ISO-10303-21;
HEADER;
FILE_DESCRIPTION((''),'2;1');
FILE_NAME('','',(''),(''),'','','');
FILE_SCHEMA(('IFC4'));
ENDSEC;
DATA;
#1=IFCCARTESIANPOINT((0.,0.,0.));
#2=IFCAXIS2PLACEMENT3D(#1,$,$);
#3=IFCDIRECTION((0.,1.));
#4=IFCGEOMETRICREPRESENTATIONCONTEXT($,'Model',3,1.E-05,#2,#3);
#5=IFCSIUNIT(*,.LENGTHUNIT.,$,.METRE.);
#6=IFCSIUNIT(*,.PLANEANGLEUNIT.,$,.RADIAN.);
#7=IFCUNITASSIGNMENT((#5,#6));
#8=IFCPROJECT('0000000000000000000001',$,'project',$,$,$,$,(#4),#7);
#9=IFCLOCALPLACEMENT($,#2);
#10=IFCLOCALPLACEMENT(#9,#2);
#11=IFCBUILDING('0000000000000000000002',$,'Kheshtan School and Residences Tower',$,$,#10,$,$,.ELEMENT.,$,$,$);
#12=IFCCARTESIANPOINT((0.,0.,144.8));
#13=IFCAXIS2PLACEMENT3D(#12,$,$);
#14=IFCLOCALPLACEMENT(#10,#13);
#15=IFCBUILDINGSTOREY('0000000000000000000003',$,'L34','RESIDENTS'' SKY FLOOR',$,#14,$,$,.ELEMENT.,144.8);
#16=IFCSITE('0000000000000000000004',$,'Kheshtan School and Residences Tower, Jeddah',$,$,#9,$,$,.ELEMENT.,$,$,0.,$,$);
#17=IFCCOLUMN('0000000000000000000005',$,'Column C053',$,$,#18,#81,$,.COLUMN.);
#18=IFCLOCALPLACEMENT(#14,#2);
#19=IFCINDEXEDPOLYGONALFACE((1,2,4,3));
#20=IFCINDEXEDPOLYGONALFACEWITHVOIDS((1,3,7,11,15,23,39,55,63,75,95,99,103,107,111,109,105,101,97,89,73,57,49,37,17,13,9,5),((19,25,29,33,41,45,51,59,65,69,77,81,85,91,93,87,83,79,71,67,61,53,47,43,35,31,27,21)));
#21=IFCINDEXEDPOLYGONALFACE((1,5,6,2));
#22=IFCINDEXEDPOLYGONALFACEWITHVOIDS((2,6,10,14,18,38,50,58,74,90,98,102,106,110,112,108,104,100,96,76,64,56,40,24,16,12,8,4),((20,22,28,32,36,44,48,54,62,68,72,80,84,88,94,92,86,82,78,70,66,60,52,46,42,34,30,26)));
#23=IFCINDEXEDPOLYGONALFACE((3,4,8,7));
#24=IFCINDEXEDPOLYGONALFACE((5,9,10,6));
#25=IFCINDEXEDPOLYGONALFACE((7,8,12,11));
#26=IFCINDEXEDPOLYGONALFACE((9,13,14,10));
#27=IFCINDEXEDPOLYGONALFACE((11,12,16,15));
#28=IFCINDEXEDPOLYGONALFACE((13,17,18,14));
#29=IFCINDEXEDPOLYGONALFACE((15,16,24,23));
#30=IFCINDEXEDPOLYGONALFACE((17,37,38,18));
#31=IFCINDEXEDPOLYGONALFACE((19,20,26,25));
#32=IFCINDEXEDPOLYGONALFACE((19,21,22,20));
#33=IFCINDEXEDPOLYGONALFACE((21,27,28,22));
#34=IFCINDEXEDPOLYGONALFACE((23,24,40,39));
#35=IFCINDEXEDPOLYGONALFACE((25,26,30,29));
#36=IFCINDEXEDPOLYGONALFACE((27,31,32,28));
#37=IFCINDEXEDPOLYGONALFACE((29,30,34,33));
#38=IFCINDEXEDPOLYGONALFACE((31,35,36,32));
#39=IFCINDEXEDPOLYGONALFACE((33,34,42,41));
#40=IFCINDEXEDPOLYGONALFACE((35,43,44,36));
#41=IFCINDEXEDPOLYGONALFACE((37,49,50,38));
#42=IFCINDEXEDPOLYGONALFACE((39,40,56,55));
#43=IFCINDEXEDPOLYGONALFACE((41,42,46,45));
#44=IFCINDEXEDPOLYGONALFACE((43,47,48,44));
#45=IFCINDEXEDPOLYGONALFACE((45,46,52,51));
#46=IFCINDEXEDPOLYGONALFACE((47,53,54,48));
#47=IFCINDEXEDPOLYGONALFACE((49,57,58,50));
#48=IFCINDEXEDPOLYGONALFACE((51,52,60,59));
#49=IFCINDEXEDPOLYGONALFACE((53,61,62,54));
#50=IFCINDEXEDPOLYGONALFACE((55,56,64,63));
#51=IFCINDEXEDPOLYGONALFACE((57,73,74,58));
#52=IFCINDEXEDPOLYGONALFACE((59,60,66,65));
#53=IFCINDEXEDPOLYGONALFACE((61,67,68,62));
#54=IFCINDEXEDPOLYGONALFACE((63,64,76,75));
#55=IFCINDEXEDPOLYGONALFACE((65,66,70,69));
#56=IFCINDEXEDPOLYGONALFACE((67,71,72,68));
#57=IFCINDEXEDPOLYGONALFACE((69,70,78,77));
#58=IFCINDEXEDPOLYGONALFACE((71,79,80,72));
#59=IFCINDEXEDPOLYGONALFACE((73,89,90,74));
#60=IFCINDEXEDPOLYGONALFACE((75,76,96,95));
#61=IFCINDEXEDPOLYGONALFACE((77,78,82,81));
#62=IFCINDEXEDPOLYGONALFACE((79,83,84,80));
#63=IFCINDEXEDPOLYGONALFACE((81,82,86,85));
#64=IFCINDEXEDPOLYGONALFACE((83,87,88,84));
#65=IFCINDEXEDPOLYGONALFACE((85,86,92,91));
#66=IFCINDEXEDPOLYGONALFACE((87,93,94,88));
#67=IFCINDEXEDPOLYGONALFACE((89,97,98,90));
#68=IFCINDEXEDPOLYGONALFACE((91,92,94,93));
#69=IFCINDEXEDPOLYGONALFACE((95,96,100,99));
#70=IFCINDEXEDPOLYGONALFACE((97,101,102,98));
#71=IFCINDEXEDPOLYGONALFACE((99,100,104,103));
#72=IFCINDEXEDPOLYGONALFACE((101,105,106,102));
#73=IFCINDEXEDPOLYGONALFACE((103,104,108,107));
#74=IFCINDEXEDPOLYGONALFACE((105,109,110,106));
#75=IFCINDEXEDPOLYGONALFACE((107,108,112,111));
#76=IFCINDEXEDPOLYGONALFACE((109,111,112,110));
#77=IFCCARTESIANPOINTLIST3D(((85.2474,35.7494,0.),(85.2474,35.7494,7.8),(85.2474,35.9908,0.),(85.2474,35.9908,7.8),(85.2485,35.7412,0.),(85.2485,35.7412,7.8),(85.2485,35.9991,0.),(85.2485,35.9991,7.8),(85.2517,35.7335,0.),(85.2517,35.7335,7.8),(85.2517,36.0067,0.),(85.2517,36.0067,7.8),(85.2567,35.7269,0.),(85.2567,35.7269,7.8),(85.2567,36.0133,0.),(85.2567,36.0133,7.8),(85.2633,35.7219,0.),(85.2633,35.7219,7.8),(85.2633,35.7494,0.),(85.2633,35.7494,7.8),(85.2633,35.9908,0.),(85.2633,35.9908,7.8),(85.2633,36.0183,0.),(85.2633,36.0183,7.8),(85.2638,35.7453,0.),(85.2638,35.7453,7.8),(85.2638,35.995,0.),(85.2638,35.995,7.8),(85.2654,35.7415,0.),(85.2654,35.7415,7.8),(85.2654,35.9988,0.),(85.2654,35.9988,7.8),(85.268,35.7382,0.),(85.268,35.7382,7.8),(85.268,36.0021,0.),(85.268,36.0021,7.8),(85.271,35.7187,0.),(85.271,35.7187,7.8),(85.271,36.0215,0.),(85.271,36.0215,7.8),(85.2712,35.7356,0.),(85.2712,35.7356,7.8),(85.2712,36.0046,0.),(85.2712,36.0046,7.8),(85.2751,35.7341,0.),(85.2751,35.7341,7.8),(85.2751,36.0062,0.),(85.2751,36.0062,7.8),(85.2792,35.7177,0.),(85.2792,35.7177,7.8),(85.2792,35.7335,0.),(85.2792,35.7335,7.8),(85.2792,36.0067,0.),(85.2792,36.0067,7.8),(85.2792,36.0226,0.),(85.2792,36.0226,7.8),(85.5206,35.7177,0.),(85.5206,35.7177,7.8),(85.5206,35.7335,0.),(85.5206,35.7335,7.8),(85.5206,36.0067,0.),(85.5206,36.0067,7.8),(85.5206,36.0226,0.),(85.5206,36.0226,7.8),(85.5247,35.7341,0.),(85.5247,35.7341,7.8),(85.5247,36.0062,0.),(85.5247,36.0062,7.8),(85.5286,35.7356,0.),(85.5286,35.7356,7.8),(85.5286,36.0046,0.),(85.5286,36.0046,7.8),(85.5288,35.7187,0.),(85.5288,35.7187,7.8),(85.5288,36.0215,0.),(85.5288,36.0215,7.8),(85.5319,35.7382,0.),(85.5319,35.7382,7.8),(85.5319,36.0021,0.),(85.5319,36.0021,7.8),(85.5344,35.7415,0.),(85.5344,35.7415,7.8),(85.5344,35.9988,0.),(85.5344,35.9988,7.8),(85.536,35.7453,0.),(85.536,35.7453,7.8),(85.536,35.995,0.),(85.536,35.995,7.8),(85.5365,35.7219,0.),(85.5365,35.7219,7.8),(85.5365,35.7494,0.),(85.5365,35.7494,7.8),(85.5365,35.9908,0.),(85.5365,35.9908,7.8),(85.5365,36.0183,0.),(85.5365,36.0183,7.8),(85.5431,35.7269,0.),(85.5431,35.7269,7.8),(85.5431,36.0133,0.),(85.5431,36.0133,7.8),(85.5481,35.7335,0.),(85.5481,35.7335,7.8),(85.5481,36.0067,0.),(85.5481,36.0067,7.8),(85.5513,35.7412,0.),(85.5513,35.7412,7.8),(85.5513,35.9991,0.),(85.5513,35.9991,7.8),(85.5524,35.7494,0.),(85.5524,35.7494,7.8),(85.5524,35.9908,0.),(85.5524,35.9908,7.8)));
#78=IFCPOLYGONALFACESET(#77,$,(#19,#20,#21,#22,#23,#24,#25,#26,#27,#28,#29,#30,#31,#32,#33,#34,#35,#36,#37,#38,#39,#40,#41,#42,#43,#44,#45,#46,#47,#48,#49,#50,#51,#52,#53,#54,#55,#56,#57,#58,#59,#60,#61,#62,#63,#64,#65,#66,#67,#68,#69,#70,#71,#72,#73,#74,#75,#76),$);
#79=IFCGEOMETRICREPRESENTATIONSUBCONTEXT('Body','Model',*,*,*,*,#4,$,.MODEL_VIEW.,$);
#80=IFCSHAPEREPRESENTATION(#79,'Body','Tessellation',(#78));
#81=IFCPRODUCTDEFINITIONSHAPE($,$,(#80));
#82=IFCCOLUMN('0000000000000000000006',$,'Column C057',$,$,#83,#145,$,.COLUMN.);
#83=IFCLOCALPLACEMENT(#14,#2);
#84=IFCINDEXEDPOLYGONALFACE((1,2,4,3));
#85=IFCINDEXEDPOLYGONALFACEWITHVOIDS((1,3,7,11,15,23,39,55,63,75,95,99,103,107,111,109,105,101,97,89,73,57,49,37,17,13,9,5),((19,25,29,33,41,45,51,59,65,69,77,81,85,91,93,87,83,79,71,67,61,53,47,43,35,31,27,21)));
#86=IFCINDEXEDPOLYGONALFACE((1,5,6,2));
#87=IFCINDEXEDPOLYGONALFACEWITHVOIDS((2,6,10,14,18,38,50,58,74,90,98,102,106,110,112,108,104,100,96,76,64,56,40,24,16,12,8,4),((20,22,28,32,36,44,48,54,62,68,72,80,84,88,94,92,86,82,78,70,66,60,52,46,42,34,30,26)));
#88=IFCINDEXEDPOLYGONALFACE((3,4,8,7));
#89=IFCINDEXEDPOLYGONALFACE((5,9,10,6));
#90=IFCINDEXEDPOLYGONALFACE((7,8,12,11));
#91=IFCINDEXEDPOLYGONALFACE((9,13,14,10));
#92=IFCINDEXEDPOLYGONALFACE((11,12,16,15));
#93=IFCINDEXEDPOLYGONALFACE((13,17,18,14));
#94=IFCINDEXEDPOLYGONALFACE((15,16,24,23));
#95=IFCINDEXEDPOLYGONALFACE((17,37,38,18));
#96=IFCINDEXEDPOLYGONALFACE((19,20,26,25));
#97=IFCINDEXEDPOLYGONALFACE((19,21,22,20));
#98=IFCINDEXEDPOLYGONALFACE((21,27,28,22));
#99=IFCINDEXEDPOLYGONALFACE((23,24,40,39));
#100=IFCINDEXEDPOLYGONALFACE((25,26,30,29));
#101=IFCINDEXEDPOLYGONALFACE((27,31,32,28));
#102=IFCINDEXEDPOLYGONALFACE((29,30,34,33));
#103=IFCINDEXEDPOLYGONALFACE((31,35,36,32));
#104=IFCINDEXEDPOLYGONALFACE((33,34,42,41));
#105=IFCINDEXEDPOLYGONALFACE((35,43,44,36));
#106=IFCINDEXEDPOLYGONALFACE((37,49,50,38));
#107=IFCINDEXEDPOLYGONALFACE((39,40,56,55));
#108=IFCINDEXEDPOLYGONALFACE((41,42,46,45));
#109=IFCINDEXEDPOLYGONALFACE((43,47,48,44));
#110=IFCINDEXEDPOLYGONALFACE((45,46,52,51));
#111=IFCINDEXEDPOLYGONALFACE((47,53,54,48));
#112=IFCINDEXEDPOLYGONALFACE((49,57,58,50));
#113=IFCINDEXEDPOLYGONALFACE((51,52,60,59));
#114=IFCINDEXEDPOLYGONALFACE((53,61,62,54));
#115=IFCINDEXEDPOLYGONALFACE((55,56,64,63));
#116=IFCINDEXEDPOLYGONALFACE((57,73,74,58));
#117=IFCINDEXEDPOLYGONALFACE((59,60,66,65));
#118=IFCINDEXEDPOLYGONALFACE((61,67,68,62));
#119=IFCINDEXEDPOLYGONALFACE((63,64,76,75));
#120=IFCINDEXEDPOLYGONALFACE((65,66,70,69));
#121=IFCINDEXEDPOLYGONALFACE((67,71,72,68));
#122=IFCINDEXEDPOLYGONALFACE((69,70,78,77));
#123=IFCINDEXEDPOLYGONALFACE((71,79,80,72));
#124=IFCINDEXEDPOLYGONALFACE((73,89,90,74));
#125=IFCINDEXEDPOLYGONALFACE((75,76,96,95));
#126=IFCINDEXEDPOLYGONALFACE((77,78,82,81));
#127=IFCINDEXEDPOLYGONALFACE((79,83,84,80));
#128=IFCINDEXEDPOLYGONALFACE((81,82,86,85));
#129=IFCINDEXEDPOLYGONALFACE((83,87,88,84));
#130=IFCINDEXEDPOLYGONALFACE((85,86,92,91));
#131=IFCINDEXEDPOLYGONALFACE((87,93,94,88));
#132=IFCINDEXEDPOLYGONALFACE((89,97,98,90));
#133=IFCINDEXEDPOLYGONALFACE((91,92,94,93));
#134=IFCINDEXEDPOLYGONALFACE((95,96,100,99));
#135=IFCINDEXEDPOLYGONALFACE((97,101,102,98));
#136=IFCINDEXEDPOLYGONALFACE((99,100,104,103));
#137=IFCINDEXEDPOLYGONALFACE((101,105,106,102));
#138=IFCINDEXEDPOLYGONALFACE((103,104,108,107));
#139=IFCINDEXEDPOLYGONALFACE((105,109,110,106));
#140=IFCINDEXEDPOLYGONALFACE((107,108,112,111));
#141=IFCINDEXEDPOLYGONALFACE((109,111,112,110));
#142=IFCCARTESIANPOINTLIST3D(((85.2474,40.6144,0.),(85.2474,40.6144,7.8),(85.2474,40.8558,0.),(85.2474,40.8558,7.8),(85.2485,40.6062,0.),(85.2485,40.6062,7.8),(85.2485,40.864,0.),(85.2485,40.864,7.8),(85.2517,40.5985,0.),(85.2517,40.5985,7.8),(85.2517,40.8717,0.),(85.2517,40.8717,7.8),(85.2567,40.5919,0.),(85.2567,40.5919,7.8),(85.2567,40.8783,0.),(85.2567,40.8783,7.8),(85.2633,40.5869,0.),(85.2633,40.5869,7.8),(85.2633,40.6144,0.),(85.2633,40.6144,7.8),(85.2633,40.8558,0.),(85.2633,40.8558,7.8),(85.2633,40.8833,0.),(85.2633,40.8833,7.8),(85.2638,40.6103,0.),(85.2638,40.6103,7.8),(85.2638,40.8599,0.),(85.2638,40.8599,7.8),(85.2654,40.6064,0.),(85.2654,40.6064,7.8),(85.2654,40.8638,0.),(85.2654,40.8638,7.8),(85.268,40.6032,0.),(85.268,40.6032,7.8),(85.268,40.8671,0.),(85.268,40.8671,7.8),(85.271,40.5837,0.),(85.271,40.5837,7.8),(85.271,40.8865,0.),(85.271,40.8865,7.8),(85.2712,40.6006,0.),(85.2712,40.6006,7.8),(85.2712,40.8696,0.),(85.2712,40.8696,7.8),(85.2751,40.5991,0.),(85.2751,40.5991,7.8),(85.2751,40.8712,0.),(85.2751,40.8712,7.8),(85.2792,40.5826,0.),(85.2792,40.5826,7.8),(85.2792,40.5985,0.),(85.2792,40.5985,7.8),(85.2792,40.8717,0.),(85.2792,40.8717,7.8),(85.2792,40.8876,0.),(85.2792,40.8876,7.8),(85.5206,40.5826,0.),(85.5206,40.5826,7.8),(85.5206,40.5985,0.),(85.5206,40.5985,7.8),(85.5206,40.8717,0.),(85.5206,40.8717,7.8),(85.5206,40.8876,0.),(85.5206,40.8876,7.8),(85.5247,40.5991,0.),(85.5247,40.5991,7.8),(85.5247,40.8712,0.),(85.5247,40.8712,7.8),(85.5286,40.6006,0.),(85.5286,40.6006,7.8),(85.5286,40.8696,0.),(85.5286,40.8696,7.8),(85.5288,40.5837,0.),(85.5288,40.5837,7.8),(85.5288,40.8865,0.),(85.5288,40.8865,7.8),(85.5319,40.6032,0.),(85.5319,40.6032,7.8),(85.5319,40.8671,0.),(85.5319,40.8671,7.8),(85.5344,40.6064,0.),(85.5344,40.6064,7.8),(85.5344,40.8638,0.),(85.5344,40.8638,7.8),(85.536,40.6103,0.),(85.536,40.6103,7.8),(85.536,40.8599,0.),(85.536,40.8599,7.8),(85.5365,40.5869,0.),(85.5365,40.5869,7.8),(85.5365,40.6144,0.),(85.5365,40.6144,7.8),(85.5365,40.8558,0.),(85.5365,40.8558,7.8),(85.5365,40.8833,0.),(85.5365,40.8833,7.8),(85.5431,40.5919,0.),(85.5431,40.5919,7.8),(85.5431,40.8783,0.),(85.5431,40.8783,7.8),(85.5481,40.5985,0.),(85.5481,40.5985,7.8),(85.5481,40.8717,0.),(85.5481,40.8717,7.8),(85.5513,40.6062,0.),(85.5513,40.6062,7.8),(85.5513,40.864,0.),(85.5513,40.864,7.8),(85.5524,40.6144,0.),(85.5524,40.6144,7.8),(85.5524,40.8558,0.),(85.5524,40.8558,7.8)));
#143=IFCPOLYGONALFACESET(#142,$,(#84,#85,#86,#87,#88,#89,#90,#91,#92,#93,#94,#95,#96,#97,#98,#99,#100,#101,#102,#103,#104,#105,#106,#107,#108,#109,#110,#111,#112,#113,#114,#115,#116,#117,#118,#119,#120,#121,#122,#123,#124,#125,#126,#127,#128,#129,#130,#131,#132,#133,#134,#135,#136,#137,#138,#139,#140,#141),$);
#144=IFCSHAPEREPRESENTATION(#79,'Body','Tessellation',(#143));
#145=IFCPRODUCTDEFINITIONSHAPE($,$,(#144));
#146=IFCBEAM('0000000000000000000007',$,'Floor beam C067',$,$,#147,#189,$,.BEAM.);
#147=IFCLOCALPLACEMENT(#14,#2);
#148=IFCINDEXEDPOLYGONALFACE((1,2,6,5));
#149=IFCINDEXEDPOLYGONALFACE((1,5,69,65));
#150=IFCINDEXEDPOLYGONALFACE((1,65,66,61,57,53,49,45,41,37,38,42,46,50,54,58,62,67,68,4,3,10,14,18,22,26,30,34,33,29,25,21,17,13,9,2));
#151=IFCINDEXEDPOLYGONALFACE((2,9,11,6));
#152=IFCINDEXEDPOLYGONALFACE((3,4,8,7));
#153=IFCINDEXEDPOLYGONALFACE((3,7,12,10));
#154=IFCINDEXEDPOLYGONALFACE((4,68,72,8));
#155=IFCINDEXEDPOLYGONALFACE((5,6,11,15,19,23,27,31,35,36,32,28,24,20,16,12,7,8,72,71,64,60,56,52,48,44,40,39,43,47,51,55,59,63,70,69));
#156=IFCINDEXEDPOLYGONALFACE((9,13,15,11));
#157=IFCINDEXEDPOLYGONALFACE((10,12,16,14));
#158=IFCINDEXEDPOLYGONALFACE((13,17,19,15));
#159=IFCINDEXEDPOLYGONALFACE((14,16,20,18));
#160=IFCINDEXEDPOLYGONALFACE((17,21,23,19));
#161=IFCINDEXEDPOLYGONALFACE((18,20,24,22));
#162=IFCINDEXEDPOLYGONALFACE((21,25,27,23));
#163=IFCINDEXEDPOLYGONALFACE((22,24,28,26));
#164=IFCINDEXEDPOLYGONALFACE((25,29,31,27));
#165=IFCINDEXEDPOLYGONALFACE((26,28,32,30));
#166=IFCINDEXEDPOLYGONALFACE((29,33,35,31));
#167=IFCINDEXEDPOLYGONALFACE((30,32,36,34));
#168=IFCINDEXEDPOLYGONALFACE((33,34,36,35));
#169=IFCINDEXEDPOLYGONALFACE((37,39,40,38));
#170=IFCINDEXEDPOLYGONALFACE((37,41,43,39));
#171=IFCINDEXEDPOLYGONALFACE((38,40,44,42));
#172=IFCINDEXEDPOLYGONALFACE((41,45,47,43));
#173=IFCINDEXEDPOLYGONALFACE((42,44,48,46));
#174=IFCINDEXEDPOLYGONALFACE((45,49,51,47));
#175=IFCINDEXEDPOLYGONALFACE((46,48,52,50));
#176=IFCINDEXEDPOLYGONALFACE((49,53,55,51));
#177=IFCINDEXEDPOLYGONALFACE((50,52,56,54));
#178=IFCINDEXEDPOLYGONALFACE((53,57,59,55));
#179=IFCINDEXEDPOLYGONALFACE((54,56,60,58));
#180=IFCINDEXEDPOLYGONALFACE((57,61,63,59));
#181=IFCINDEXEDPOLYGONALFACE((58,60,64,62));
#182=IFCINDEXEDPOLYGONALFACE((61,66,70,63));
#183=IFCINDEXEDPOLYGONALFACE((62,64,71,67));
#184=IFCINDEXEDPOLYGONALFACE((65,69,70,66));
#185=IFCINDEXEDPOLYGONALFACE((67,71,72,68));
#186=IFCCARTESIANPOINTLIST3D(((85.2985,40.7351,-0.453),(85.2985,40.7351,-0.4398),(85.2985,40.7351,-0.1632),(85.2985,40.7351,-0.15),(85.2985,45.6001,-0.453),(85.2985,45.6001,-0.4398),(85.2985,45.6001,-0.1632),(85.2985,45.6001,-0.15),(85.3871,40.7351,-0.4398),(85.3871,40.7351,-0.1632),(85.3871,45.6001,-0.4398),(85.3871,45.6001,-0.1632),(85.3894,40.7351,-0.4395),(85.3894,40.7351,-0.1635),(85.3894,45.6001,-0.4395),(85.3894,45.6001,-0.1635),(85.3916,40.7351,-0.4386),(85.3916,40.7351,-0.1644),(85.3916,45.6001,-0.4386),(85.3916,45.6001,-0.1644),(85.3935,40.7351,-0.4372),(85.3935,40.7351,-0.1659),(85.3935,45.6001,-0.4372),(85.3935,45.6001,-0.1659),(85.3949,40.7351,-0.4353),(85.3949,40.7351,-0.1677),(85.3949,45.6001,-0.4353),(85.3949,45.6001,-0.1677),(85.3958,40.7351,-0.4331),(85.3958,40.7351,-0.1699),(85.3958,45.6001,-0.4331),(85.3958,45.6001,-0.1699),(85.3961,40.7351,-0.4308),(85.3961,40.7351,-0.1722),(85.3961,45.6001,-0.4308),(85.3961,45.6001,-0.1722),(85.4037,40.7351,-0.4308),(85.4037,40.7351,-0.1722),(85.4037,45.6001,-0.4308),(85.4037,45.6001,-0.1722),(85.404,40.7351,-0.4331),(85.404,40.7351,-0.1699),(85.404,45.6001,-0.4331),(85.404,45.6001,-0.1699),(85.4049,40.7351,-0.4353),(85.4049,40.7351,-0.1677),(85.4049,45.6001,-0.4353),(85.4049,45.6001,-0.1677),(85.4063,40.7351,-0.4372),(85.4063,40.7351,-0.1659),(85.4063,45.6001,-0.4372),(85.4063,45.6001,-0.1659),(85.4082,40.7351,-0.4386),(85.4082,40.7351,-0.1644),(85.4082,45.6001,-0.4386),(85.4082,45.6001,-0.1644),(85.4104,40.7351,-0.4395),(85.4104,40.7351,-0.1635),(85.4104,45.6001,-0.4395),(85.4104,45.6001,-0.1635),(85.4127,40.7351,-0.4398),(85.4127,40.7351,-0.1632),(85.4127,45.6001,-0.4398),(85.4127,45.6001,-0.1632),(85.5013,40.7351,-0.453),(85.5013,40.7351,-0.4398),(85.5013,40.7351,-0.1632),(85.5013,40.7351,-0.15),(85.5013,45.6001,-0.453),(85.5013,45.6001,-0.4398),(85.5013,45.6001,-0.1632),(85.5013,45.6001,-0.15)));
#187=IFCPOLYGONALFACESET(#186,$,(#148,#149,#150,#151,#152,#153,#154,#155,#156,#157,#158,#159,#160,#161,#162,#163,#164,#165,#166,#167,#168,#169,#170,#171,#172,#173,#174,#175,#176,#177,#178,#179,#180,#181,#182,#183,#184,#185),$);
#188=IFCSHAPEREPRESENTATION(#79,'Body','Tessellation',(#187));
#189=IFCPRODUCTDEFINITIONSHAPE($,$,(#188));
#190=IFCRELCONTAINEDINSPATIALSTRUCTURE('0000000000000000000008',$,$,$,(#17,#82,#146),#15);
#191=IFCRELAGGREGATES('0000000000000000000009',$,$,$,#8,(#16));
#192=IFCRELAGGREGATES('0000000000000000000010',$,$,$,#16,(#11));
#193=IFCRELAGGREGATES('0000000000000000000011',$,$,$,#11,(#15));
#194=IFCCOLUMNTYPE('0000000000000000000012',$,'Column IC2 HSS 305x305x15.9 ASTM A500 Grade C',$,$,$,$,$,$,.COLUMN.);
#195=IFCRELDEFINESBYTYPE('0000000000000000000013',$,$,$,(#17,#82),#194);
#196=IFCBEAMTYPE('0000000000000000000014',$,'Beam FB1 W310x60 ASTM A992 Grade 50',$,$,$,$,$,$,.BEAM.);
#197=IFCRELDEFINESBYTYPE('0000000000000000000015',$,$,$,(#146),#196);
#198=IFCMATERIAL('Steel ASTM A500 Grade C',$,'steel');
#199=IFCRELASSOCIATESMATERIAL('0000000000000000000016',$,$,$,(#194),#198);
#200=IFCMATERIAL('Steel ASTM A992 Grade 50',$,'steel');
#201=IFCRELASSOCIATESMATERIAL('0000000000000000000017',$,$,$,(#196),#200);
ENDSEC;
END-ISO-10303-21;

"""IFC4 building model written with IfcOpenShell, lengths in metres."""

from ifc_helpers import new_model, si_unit, direction, frame, origin, origin_2d, place, context, subcontext, project, spatial, hollow_rectangle, i_section, extrude, material, material_profile, profile_set, type_object, element, save


model = new_model("IFC4")

# Units and contexts
model_context = context("Model", 3, precision=1e-05, world=origin(), true_north=direction((0.0, 1.0)))
body_context = subcontext(model_context, "Body", "Model", "MODEL_VIEW")
ifc_project = project(units=[si_unit("LENGTHUNIT", "METRE"), si_unit("PLANEANGLEUNIT", "RADIAN")], contexts=[model_context])

# Site, building, storey
site_placement = place(None, origin())
site = spatial("IfcSite", under=ifc_project, at=site_placement, Name="Kheshtan School and Residences Tower, Jeddah", CompositionType="ELEMENT", RefElevation=0.0)
building_placement = place(site_placement, origin())
building = spatial("IfcBuilding", under=site, at=building_placement, Name="Kheshtan School and Residences Tower", CompositionType="ELEMENT")
storey_placement = place(building_placement, frame((0.0, 0.0, 144.8)))
storey = spatial("IfcBuildingStorey", under=building, at=storey_placement, Name="L34", Description="RESIDENTS' SKY FLOOR", CompositionType="ELEMENT", Elevation=144.8)

# Columns
ifc_material_1 = material(Name="Steel ASTM A992 Grade 50", Category="steel")
ifc_material_2 = material(Name="Steel ASTM A500 Grade C", Category="steel")
ifc_material_profile_1 = material_profile(ifc_material_2, hollow_rectangle(XDim=0.3049, YDim=0.3049, WallThickness=0.0159, InnerFilletRadius=0.0159, OuterFilletRadius=0.0317, at=origin_2d()), Name="HSS 305x305x15.9")
ifc_profile_set_1 = profile_set([ifc_material_profile_1], Name="Steel ASTM A500 Grade C")
column_type_1 = type_object("IfcColumnType", Name="Column IC2 HSS 305x305x15.9 ASTM A500 Grade C", PredefinedType="COLUMN", material=ifc_profile_set_1)
for number, where, z_axis, x_axis, name in (
    (1, (85.3999, 35.8701, 0.0), (0.0, 0.0, 1.0), (1.0, 0.0, 0.0), "Column C053"),
    (2, (85.3999, 40.7351, 0.0), (0.0, 0.0, 1.0), (1.0, 0.0, 0.0), "Column C057"),
):
    element("IfcColumn", number, at=place(storey_placement, frame(where, z_axis=z_axis, x_axis=x_axis)), inside=storey, type_object=column_type_1, Name=name, PredefinedType="COLUMN", context=body_context, shape_type="SweptSolid", body=[
        extrude(hollow_rectangle(XDim=0.3049, YDim=0.3049, WallThickness=0.0159, InnerFilletRadius=0.0159, OuterFilletRadius=0.0317, at=origin_2d()), origin(), (0.0, 0.0, 1.0), 7.8),
    ])

# Beam
ifc_material_profile_2 = material_profile(ifc_material_1, i_section(OverallWidth=0.2029, OverallDepth=0.303, WebThickness=0.0076, FlangeThickness=0.0132, FilletRadius=0.009, at=origin_2d()), Name="W310x60")
ifc_profile_set_2 = profile_set([ifc_material_profile_2], Name="Steel ASTM A992 Grade 50")
beam_type_1 = type_object("IfcBeamType", Name="Beam FB1 W310x60 ASTM A992 Grade 50", PredefinedType="BEAM", material=ifc_profile_set_2)
for number, where, z_axis, x_axis, name in (
    (3, (85.3999, 45.6001, -0.3015), (0.0, -1.0, 0.0), (1.0, 0.0, 0.0), "Floor beam C067"),
):
    element("IfcBeam", number, at=place(storey_placement, frame(where, z_axis=z_axis, x_axis=x_axis)), inside=storey, type_object=beam_type_1, Name=name, PredefinedType="BEAM", context=body_context, shape_type="SweptSolid", body=[
        extrude(i_section(OverallWidth=0.2029, OverallDepth=0.303, WebThickness=0.0076, FlangeThickness=0.0132, FilletRadius=0.009, at=origin_2d()), origin(), (0.0, 0.0, 1.0), 4.865),
    ])

save(model, "model.ifc")
